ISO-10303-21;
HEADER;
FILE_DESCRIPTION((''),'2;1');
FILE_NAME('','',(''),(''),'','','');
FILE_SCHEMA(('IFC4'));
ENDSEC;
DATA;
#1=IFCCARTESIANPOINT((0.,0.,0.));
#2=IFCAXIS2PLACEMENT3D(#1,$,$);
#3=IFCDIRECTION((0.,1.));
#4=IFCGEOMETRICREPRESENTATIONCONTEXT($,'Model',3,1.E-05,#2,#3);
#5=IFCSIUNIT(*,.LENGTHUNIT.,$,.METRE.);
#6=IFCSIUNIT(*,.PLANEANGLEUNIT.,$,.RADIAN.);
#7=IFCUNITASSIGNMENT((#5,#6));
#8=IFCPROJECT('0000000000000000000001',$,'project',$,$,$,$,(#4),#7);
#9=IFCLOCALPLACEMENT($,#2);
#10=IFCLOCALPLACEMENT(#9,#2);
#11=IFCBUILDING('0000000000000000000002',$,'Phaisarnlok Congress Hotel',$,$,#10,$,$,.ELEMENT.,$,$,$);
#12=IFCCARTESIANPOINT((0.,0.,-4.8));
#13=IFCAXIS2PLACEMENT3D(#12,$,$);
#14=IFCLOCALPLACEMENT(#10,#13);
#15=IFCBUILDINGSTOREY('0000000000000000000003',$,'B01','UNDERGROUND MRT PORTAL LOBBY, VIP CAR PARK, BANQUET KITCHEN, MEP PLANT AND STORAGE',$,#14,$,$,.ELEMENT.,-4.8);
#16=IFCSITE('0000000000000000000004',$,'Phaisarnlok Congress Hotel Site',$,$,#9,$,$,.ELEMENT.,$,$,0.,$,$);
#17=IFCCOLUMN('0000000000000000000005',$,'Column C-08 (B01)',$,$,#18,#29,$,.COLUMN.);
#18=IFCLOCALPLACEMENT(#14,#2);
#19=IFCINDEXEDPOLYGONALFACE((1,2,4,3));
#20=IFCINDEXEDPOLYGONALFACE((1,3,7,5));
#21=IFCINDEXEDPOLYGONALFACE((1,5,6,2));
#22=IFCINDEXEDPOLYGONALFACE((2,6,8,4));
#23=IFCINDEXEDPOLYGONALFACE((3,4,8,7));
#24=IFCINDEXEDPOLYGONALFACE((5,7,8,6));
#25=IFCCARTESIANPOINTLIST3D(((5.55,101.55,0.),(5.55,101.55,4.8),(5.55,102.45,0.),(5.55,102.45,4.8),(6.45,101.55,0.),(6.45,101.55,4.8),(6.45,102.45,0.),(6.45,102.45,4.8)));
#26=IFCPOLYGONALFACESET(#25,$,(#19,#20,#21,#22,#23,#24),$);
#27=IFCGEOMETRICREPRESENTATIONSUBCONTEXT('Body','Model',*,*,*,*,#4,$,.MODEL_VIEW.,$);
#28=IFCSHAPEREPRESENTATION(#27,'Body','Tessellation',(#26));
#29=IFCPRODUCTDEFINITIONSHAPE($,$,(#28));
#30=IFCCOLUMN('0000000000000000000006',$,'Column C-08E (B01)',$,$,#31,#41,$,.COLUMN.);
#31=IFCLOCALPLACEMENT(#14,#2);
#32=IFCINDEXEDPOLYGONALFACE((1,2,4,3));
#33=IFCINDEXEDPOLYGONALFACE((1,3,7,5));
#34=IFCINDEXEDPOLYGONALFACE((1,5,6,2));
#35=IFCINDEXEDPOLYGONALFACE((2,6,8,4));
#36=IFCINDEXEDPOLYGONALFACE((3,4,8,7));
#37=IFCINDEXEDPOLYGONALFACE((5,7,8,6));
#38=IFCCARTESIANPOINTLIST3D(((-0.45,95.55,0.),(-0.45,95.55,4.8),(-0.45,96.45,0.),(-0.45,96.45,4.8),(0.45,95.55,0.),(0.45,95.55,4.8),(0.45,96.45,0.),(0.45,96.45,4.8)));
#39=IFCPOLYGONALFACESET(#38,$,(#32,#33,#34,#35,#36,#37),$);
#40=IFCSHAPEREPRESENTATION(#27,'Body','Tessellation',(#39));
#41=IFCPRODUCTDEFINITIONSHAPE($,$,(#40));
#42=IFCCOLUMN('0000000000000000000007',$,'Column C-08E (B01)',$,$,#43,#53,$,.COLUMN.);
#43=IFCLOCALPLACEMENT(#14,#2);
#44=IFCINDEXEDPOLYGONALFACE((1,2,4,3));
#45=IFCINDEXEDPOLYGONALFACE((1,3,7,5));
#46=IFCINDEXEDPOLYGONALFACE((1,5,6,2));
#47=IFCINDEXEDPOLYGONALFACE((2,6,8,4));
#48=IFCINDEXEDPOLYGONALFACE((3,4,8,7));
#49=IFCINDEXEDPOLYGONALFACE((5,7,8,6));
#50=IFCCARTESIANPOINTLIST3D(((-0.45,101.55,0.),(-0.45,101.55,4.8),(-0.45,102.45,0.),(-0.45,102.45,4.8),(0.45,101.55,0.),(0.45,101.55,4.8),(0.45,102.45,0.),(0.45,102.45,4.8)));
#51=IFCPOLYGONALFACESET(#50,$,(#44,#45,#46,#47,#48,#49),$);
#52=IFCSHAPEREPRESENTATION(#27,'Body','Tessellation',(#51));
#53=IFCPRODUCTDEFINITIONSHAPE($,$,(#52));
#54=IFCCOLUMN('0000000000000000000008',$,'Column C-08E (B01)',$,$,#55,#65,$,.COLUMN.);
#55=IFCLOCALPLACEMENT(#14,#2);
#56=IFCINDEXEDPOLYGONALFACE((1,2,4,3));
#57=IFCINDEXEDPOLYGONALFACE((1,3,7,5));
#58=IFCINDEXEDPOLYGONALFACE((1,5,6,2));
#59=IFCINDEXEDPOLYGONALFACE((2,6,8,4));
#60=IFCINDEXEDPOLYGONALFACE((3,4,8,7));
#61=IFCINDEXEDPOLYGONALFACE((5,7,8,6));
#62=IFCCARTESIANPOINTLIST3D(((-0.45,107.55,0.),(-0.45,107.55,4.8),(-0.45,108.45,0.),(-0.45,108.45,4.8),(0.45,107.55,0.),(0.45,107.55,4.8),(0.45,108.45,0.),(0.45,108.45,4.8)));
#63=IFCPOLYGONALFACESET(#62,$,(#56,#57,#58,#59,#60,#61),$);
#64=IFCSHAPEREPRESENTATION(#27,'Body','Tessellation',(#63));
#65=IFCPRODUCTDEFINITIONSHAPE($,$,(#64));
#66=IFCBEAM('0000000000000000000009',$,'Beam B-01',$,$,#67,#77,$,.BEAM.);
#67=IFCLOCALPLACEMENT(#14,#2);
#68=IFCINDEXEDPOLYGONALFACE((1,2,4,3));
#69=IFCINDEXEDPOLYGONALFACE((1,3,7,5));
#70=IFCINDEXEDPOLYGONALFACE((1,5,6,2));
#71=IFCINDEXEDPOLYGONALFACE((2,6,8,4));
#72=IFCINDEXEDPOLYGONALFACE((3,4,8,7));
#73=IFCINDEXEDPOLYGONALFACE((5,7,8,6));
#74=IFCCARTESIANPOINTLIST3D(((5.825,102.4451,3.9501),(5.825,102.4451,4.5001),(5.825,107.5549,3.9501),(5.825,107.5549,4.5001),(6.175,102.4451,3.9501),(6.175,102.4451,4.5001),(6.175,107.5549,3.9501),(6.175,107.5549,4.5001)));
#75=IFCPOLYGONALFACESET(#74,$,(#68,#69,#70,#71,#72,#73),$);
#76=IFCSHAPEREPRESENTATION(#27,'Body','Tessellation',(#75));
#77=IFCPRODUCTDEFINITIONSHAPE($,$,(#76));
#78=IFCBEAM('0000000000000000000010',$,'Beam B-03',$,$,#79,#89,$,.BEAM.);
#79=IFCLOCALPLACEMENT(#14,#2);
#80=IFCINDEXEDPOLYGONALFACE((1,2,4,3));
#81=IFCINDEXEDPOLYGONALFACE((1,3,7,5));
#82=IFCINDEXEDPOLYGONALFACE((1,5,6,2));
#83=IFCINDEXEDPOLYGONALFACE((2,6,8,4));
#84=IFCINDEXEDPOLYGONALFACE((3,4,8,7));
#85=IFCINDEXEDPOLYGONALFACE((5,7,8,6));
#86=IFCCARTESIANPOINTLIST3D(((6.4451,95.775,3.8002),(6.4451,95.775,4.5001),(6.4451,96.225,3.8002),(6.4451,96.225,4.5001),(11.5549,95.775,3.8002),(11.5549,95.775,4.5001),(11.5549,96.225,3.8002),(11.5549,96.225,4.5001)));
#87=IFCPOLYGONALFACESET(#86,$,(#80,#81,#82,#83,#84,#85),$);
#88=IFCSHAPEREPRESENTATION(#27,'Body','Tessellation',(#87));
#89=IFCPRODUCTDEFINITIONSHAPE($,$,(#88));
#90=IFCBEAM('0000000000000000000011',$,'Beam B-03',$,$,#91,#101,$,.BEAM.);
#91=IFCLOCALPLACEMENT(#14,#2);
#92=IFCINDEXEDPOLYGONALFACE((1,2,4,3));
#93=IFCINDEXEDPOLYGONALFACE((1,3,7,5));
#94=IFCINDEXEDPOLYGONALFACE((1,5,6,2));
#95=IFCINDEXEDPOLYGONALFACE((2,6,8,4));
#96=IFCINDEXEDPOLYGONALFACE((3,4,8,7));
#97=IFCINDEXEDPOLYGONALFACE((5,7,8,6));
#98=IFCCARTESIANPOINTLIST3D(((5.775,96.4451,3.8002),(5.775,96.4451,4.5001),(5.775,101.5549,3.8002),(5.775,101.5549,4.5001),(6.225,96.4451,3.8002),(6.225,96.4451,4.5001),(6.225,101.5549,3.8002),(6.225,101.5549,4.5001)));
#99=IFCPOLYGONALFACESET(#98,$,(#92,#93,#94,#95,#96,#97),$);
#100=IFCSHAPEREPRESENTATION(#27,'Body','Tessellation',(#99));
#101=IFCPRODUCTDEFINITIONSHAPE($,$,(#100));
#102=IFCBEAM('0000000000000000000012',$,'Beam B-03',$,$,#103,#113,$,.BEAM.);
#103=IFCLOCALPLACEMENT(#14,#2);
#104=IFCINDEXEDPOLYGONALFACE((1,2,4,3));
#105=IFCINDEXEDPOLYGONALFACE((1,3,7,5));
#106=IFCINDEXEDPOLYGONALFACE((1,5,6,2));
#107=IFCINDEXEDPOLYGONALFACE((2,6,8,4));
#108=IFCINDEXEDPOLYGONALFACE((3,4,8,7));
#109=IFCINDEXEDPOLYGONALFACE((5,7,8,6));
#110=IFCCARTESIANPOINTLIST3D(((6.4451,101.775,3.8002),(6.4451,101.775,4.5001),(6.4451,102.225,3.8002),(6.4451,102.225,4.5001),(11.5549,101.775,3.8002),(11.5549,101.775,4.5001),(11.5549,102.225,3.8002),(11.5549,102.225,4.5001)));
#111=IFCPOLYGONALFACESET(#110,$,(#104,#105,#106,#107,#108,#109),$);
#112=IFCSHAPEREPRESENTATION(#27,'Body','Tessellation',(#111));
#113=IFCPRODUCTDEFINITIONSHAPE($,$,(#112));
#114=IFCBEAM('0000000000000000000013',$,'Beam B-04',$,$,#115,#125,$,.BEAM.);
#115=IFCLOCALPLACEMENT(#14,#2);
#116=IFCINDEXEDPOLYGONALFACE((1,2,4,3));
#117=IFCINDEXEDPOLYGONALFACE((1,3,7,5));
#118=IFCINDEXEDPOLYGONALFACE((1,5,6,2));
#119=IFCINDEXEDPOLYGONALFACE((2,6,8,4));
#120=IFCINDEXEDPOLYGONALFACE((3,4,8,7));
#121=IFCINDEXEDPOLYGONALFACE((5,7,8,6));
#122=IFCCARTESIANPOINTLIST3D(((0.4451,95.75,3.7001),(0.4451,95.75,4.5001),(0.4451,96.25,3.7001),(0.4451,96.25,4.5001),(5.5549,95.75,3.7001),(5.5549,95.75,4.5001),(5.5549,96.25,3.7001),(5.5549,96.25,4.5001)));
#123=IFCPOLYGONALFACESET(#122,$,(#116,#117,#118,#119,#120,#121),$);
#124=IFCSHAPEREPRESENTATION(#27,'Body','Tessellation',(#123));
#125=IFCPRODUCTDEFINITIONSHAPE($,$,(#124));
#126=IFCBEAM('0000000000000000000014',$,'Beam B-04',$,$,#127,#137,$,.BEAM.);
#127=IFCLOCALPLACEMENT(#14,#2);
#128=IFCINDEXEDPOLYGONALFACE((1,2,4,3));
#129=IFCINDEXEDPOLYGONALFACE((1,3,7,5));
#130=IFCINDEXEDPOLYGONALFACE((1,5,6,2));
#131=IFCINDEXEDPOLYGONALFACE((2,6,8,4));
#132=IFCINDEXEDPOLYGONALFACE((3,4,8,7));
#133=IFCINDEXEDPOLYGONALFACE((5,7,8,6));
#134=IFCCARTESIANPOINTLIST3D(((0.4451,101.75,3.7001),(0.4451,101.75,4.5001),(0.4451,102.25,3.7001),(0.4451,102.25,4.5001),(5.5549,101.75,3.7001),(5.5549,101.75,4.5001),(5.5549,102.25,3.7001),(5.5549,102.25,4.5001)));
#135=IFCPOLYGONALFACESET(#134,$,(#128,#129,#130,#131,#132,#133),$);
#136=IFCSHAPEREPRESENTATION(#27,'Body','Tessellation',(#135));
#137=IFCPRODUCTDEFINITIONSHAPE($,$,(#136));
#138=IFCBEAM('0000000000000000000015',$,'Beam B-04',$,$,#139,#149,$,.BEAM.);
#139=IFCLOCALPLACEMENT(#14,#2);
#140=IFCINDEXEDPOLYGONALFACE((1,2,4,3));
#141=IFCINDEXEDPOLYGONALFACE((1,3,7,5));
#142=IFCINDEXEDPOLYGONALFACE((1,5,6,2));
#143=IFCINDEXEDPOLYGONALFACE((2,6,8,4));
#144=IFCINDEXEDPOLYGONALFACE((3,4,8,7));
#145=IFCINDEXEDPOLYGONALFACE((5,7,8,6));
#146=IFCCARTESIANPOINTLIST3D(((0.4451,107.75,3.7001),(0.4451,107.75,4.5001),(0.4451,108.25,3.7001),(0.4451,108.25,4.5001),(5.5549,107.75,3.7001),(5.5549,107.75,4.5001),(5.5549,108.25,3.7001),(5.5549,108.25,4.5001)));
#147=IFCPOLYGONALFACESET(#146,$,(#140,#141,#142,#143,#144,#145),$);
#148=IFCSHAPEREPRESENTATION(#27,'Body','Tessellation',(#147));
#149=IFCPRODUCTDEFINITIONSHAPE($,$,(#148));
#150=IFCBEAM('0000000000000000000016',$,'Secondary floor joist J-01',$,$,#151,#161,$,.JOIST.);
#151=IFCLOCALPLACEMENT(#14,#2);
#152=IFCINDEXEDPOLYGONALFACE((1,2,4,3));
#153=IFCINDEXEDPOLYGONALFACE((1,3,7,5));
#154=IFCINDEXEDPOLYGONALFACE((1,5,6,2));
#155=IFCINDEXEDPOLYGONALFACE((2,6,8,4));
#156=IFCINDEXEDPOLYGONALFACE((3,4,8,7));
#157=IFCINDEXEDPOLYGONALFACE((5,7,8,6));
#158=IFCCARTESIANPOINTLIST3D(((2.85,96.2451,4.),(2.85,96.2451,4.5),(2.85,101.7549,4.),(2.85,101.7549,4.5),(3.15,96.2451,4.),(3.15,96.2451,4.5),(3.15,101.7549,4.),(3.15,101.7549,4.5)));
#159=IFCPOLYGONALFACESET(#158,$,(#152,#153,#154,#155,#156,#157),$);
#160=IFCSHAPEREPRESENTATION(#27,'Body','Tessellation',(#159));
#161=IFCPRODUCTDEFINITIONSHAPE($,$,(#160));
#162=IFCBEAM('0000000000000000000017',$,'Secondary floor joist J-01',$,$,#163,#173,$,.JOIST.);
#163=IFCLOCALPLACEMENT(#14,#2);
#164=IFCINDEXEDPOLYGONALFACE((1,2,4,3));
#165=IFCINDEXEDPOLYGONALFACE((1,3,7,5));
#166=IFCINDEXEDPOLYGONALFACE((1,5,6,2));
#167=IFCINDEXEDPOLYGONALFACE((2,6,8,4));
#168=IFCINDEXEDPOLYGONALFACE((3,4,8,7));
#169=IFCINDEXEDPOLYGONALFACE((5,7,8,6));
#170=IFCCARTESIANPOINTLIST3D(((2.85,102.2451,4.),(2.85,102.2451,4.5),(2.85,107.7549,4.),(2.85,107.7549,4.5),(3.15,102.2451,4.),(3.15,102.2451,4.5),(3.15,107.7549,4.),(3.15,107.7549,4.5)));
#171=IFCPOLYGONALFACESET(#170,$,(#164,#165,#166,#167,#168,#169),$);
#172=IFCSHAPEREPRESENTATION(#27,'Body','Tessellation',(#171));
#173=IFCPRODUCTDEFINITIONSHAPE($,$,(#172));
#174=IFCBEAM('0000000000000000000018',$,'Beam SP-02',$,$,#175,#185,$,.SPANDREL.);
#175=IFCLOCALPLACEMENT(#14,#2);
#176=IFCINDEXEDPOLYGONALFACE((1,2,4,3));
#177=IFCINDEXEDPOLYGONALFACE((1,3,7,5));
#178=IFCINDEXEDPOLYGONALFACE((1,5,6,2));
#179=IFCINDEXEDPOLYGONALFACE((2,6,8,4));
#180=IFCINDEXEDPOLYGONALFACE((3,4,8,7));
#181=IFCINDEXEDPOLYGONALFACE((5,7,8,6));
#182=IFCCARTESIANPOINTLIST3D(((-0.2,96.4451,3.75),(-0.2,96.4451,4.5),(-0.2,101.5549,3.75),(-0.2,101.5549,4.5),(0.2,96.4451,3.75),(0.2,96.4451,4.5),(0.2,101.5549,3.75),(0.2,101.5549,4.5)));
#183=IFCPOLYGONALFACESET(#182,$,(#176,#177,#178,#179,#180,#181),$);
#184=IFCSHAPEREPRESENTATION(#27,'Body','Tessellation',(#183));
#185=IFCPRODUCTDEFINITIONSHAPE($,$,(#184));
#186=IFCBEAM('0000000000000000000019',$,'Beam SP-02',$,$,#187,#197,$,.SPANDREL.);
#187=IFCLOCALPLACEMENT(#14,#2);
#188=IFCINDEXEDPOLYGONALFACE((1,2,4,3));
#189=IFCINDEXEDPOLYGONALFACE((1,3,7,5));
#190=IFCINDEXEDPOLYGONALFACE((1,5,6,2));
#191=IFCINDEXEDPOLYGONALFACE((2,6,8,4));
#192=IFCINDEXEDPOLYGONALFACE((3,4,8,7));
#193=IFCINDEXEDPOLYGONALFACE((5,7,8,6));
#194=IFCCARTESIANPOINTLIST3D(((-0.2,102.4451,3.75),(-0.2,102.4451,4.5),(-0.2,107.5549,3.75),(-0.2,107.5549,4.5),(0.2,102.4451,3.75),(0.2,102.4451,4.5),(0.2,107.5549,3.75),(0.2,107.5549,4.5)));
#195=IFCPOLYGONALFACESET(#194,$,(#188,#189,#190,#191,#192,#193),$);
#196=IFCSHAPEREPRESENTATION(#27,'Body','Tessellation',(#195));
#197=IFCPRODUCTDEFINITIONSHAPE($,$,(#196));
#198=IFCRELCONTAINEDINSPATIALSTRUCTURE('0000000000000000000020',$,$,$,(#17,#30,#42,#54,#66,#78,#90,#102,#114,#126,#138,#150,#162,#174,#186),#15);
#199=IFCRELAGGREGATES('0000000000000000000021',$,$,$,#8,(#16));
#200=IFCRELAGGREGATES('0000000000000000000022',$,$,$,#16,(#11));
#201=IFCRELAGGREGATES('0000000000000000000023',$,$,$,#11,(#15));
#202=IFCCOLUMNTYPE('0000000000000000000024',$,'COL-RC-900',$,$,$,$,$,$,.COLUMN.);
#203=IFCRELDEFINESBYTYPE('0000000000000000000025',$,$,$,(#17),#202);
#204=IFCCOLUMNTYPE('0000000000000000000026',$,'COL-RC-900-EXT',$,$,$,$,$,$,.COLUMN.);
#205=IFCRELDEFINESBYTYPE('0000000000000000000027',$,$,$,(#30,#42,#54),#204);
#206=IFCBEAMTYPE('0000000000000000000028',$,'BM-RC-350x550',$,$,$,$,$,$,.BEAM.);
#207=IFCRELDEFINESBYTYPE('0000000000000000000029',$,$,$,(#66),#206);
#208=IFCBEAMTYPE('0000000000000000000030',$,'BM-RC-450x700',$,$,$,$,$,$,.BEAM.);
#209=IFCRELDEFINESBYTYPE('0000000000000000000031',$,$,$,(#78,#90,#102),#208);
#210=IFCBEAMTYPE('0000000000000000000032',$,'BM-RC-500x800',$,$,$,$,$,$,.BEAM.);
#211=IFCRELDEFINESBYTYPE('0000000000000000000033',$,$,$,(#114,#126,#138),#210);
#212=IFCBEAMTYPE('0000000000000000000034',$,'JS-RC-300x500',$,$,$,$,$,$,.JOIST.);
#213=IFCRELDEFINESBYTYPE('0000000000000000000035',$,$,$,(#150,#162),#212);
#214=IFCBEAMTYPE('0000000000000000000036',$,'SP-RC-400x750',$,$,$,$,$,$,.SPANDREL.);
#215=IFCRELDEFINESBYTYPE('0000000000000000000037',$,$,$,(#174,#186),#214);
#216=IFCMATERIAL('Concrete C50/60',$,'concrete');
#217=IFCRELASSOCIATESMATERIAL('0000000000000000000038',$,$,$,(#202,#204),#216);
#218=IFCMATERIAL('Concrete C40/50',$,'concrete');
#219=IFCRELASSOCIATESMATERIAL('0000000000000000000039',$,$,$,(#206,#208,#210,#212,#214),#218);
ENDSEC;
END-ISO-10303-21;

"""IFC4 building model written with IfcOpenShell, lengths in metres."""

from ifc_helpers import new_model, si_unit, direction, frame, origin, origin_2d, place, context, subcontext, project, spatial, rectangle, extrude, material, material_profile, profile_set, type_object, element, save


model = new_model("IFC4")

# Units and contexts
model_context = context("Model", 3, precision=1e-05, world=origin(), true_north=direction((0.0, 1.0)))
body_context = subcontext(model_context, "Body", "Model", "MODEL_VIEW")
ifc_project = project(units=[si_unit("LENGTHUNIT", "METRE"), si_unit("PLANEANGLEUNIT", "RADIAN")], contexts=[model_context])

# Site, building, storey
site_placement = place(None, origin())
site = spatial("IfcSite", under=ifc_project, at=site_placement, Name="Phaisarnlok Congress Hotel Site", CompositionType="ELEMENT", RefElevation=0.0)
building_placement = place(site_placement, origin())
building = spatial("IfcBuilding", under=site, at=building_placement, Name="Phaisarnlok Congress Hotel", CompositionType="ELEMENT")
storey_placement = place(building_placement, frame((0.0, 0.0, -4.8)))
storey = spatial("IfcBuildingStorey", under=building, at=storey_placement, Name="B01", Description="UNDERGROUND MRT PORTAL LOBBY, VIP CAR PARK, BANQUET KITCHEN, MEP PLANT AND STORAGE", CompositionType="ELEMENT", Elevation=-4.8)

# Shared definitions
ifc_material_1 = material(Name="Concrete C40/50", Category="concrete")

# Columns
ifc_material_2 = material(Name="Concrete C50/60", Category="concrete")
ifc_material_profile_1 = material_profile(ifc_material_2, rectangle(XDim=0.8999, YDim=0.8999, at=origin_2d()), Name="RC 900x900")
ifc_profile_set_1 = profile_set([ifc_material_profile_1], Name="Concrete C50/60")
column_type_1 = type_object("IfcColumnType", Name="COL-RC-900", PredefinedType="COLUMN", material=ifc_profile_set_1)
for number, where, z_axis, x_axis, name in (
    (1, (6.0, 102.0, 0.0), (0.0, 0.0, 1.0), (1.0, 0.0, 0.0), "Column C-08 (B01)"),
):
    element("IfcColumn", number, at=place(storey_placement, frame(where, z_axis=z_axis, x_axis=x_axis)), inside=storey, type_object=column_type_1, Name=name, PredefinedType="COLUMN", context=body_context, shape_type="SweptSolid", body=[
        extrude(rectangle(XDim=0.8999, YDim=0.8999, at=origin_2d()), origin(), (0.0, 0.0, 1.0), 4.8),
    ])
ifc_material_profile_2 = material_profile(ifc_material_2, rectangle(XDim=0.8999, YDim=0.8999, at=origin_2d()), Name="RC 900x900")
ifc_profile_set_2 = profile_set([ifc_material_profile_2], Name="Concrete C50/60")
column_type_2 = type_object("IfcColumnType", Name="COL-RC-900-EXT", PredefinedType="COLUMN", material=ifc_profile_set_2)
for number, where, z_axis, x_axis, name in (
    (2, (0.0, 96.0, 0.0), (0.0, 0.0, 1.0), (1.0, 0.0, 0.0), "Column C-08E (B01)"),
    (3, (0.0, 102.0, 0.0), (0.0, 0.0, 1.0), (1.0, 0.0, 0.0), "Column C-08E (B01)"),
    (4, (0.0, 108.0, 0.0), (0.0, 0.0, 1.0), (1.0, 0.0, 0.0), "Column C-08E (B01)"),
):
    element("IfcColumn", number, at=place(storey_placement, frame(where, z_axis=z_axis, x_axis=x_axis)), inside=storey, type_object=column_type_2, Name=name, PredefinedType="COLUMN", context=body_context, shape_type="SweptSolid", body=[
        extrude(rectangle(XDim=0.8999, YDim=0.8999, at=origin_2d()), origin(), (0.0, 0.0, 1.0), 4.8),
    ])

# Beams
ifc_material_profile_3 = material_profile(ifc_material_1, rectangle(XDim=0.3501, YDim=0.55, at=origin_2d()), Name="RC 350x550")
ifc_profile_set_3 = profile_set([ifc_material_profile_3], Name="Concrete C40/50")
beam_type_1 = type_object("IfcBeamType", Name="BM-RC-350x550", PredefinedType="BEAM", material=ifc_profile_set_3)
beam_placement = place(storey_placement, frame((6.0, 102.4451, 4.2251), z_axis=(0.0, 1.0, 0.0), x_axis=(-1.0, 0.0, 0.0)))
element("IfcBeam", 5, at=beam_placement, inside=storey, type_object=beam_type_1, Name="Beam B-01", PredefinedType="BEAM", context=body_context, shape_type="SweptSolid", body=[
    extrude(rectangle(XDim=0.3501, YDim=0.55, at=origin_2d()), origin(), (0.0, 0.0, 1.0), 5.1099),
])
ifc_material_profile_4 = material_profile(ifc_material_1, rectangle(XDim=0.45, YDim=0.7, at=origin_2d()), Name="RC 450x700")
ifc_profile_set_4 = profile_set([ifc_material_profile_4], Name="Concrete C40/50")
beam_type_2 = type_object("IfcBeamType", Name="BM-RC-450x700", PredefinedType="BEAM", material=ifc_profile_set_4)
for number, where, z_axis, x_axis, name in (
    (6, (6.4451, 96.0, 4.1501), (1.0, 0.0, 0.0), (0.0, 1.0, 0.0), "Beam B-03"),
    (7, (6.0, 96.4451, 4.1501), (0.0, 1.0, 0.0), (-1.0, 0.0, 0.0), "Beam B-03"),
    (8, (6.4451, 102.0, 4.1501), (1.0, 0.0, 0.0), (0.0, 1.0, 0.0), "Beam B-03"),
):
    element("IfcBeam", number, at=place(storey_placement, frame(where, z_axis=z_axis, x_axis=x_axis)), inside=storey, type_object=beam_type_2, Name=name, PredefinedType="BEAM", context=body_context, shape_type="SweptSolid", body=[
        extrude(rectangle(XDim=0.45, YDim=0.7, at=origin_2d()), origin(), (0.0, 0.0, 1.0), 5.1099),
    ])
ifc_material_profile_5 = material_profile(ifc_material_1, rectangle(XDim=0.5, YDim=0.8, at=origin_2d()), Name="RC 500x800")
ifc_profile_set_5 = profile_set([ifc_material_profile_5], Name="Concrete C40/50")
beam_type_3 = type_object("IfcBeamType", Name="BM-RC-500x800", PredefinedType="BEAM", material=ifc_profile_set_5)
for number, where, z_axis, x_axis, name in (
    (9, (0.4451, 96.0, 4.1001), (1.0, 0.0, 0.0), (0.0, 1.0, 0.0), "Beam B-04"),
    (10, (0.4451, 102.0, 4.1001), (1.0, 0.0, 0.0), (0.0, 1.0, 0.0), "Beam B-04"),
    (11, (0.4451, 108.0, 4.1001), (1.0, 0.0, 0.0), (0.0, 1.0, 0.0), "Beam B-04"),
):
    element("IfcBeam", number, at=place(storey_placement, frame(where, z_axis=z_axis, x_axis=x_axis)), inside=storey, type_object=beam_type_3, Name=name, PredefinedType="BEAM", context=body_context, shape_type="SweptSolid", body=[
        extrude(rectangle(XDim=0.5, YDim=0.8, at=origin_2d()), origin(), (0.0, 0.0, 1.0), 5.1099),
    ])
ifc_material_profile_6 = material_profile(ifc_material_1, rectangle(XDim=0.3, YDim=0.5, at=origin_2d()), Name="RC 300x500")
ifc_profile_set_6 = profile_set([ifc_material_profile_6], Name="Concrete C40/50")
beam_type_4 = type_object("IfcBeamType", Name="JS-RC-300x500", PredefinedType="JOIST", material=ifc_profile_set_6)
for number, where, z_axis, x_axis, name in (
    (12, (3.0, 96.2451, 4.25), (0.0, 1.0, 0.0), (-1.0, 0.0, 0.0), "Secondary floor joist J-01"),
    (13, (3.0, 102.2451, 4.25), (0.0, 1.0, 0.0), (-1.0, 0.0, 0.0), "Secondary floor joist J-01"),
):
    element("IfcBeam", number, at=place(storey_placement, frame(where, z_axis=z_axis, x_axis=x_axis)), inside=storey, type_object=beam_type_4, Name=name, PredefinedType="JOIST", context=body_context, shape_type="SweptSolid", body=[
        extrude(rectangle(XDim=0.3, YDim=0.5, at=origin_2d()), origin(), (0.0, 0.0, 1.0), 5.5098),
    ])
ifc_material_profile_7 = material_profile(ifc_material_1, rectangle(XDim=0.3999, YDim=0.75, at=origin_2d()), Name="RC 400x750")
ifc_profile_set_7 = profile_set([ifc_material_profile_7], Name="Concrete C40/50")
beam_type_5 = type_object("IfcBeamType", Name="SP-RC-400x750", PredefinedType="SPANDREL", material=ifc_profile_set_7)
for number, where, z_axis, x_axis, name in (
    (14, (0.0, 96.4451, 4.125), (0.0, 1.0, 0.0), (-1.0, 0.0, 0.0), "Beam SP-02"),
    (15, (0.0, 102.4451, 4.125), (0.0, 1.0, 0.0), (-1.0, 0.0, 0.0), "Beam SP-02"),
):
    element("IfcBeam", number, at=place(storey_placement, frame(where, z_axis=z_axis, x_axis=x_axis)), inside=storey, type_object=beam_type_5, Name=name, PredefinedType="SPANDREL", context=body_context, shape_type="SweptSolid", body=[
        extrude(rectangle(XDim=0.3999, YDim=0.75, at=origin_2d()), origin(), (0.0, 0.0, 1.0), 5.1099),
    ])

save(model, "model.ifc")
